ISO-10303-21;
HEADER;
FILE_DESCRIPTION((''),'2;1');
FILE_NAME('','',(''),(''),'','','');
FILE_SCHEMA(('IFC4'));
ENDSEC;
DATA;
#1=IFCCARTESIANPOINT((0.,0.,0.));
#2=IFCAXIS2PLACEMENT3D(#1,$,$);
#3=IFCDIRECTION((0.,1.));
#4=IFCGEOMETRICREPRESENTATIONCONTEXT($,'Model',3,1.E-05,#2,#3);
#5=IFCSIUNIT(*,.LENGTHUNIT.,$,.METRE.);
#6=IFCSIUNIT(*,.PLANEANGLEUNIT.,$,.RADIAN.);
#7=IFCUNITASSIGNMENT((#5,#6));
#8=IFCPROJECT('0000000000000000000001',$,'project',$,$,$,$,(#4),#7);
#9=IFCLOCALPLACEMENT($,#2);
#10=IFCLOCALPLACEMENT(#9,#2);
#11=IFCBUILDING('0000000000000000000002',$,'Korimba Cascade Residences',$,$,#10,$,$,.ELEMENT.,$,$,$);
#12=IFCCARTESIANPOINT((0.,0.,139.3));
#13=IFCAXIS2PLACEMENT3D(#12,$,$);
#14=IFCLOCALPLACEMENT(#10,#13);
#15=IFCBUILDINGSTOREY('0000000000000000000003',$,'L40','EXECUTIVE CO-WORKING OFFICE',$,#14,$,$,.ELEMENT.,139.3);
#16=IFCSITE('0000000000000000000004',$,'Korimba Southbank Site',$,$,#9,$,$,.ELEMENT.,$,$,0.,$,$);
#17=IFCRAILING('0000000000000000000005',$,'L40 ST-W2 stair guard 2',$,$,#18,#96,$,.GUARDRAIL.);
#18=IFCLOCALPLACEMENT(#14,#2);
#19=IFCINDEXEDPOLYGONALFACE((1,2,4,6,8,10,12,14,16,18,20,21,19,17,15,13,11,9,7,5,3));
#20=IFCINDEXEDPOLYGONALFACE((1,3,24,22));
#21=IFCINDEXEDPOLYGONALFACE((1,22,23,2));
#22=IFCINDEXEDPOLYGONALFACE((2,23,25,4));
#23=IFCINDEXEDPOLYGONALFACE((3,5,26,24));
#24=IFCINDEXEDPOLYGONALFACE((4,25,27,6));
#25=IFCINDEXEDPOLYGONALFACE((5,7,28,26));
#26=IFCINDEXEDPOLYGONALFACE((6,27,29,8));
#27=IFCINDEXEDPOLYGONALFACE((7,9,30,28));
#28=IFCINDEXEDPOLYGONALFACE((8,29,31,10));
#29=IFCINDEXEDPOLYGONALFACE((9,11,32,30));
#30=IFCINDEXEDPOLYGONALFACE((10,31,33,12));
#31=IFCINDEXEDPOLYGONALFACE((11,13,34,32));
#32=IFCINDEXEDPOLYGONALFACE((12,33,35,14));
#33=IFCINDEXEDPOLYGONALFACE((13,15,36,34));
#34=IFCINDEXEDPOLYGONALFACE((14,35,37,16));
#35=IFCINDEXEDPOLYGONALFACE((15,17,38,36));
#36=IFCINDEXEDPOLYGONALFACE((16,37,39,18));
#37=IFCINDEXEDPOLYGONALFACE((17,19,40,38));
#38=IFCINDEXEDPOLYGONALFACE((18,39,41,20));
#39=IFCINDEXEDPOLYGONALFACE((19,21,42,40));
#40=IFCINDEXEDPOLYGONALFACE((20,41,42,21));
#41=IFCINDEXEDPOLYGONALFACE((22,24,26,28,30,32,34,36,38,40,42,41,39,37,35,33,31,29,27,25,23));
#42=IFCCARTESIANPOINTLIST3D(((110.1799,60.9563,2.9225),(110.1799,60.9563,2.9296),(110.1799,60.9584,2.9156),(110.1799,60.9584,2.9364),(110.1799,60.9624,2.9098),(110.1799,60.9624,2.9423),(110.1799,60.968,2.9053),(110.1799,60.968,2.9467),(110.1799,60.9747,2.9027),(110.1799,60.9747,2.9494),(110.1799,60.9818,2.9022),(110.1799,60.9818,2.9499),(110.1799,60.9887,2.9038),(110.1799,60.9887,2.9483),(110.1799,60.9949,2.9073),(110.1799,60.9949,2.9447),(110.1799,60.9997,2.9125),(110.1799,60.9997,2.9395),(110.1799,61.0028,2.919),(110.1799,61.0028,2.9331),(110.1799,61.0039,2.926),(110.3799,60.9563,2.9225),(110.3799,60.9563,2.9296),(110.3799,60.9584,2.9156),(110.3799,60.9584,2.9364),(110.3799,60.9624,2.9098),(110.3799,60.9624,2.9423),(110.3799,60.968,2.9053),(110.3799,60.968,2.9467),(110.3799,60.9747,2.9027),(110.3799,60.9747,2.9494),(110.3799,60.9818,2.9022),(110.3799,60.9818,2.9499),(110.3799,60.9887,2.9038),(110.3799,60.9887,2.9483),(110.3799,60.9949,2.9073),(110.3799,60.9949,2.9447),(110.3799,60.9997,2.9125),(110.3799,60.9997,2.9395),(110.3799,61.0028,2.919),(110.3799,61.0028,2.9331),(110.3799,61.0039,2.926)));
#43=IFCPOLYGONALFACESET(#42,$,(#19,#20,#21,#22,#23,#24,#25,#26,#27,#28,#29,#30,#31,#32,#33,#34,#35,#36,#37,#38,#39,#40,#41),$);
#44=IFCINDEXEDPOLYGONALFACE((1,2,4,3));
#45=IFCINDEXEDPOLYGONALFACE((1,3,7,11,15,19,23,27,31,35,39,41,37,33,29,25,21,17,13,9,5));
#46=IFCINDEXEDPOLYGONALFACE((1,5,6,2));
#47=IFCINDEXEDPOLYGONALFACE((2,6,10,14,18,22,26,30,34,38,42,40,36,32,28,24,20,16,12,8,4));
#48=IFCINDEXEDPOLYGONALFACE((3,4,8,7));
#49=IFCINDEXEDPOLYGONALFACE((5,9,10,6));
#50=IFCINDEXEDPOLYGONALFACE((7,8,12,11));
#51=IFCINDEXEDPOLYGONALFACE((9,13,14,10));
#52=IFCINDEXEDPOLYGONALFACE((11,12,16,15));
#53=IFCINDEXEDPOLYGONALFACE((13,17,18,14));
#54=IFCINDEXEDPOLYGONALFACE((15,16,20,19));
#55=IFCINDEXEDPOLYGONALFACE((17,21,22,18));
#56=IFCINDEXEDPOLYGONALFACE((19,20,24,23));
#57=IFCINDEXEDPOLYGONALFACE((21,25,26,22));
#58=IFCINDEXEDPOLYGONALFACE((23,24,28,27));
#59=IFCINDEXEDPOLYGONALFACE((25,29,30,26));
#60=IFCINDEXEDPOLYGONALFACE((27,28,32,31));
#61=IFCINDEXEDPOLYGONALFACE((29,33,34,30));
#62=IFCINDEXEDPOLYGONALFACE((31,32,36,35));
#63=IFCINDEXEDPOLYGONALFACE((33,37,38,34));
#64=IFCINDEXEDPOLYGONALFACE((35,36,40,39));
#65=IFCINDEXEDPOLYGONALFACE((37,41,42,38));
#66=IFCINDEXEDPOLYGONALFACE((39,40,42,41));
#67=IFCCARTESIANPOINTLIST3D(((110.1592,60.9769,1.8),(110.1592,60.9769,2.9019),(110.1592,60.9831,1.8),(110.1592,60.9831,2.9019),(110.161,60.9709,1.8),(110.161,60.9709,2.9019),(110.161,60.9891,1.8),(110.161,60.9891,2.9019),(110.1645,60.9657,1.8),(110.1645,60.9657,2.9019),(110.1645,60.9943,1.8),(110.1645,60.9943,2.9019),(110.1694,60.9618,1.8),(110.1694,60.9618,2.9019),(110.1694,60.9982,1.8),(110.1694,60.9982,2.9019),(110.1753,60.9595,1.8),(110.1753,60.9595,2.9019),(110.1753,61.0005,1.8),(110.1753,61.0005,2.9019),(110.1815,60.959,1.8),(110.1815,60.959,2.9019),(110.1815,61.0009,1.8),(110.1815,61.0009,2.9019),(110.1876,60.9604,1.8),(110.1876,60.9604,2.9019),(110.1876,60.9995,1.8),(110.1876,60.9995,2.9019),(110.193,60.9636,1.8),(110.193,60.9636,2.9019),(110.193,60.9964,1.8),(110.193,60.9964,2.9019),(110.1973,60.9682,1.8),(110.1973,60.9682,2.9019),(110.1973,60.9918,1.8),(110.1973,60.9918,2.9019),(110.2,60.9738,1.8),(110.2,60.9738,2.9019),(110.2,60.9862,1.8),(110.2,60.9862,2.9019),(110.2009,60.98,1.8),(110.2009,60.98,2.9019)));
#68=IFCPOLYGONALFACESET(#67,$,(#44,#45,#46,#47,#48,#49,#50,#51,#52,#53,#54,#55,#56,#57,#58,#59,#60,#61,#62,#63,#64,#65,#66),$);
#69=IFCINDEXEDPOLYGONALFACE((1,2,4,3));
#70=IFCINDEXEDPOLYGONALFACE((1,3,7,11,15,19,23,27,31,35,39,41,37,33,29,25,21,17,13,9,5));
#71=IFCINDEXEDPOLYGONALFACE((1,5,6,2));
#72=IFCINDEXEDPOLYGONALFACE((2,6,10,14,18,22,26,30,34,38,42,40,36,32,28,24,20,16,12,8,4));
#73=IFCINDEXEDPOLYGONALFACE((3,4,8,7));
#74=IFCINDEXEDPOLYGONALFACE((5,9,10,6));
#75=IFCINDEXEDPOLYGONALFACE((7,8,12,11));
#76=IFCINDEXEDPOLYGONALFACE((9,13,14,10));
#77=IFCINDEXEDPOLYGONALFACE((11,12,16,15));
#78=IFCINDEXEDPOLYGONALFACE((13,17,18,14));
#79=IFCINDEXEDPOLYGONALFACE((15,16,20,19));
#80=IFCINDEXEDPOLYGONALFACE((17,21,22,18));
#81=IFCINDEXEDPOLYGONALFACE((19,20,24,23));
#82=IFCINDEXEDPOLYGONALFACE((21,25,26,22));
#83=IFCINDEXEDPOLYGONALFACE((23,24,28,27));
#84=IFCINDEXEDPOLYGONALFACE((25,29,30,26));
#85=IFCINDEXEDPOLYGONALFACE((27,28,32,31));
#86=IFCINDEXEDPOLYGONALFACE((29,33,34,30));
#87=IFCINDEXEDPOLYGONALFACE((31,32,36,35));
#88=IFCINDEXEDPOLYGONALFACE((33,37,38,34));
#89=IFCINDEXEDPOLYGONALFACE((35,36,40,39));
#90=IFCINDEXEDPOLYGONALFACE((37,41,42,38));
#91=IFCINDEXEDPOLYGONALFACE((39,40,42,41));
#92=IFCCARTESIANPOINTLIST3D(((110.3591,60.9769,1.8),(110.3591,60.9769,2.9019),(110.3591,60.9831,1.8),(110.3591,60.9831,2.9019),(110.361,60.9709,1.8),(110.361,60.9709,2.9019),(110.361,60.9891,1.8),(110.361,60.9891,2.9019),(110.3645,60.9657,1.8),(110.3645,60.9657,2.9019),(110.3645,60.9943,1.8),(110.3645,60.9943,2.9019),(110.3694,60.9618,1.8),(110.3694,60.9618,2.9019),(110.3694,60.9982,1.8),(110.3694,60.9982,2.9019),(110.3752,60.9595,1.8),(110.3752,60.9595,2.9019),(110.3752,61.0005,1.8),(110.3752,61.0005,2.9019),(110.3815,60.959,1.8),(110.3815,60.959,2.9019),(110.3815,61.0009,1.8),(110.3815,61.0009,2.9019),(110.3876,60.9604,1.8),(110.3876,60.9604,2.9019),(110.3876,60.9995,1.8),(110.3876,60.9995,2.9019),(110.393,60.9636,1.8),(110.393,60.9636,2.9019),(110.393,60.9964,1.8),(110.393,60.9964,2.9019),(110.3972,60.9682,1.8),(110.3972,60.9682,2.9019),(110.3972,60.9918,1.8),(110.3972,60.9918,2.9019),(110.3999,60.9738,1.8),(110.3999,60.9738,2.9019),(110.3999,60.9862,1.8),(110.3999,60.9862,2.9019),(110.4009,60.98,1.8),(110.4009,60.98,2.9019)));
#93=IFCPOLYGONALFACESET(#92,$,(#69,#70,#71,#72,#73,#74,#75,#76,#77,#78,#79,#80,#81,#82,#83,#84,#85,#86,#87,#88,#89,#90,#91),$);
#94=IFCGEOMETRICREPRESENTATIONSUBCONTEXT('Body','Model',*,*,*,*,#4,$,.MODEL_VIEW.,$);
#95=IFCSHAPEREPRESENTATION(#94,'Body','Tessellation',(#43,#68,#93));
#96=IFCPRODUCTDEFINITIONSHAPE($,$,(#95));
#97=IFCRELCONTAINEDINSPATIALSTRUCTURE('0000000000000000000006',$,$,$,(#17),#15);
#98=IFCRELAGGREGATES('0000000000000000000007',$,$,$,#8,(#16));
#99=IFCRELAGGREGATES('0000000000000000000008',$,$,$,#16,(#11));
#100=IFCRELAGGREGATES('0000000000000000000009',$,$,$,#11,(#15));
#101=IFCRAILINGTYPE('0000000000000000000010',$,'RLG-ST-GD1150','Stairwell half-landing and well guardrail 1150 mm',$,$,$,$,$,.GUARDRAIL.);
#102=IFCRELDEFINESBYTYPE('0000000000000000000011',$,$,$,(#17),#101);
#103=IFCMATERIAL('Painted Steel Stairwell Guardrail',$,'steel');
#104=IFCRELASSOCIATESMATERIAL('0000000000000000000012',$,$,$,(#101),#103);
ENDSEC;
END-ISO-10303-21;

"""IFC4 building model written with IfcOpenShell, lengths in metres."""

from ifc_helpers import new_model, si_unit, direction, frame, origin, origin_2d, place, context, subcontext, project, spatial, circle, extrude, material, type_object, element, save


model = new_model("IFC4")

# Units and contexts
model_context = context("Model", 3, precision=1e-05, world=origin(), true_north=direction((0.0, 1.0)))
body_context = subcontext(model_context, "Body", "Model", "MODEL_VIEW")
ifc_project = project(units=[si_unit("LENGTHUNIT", "METRE"), si_unit("PLANEANGLEUNIT", "RADIAN")], contexts=[model_context])

# Site, building, storey
site_placement = place(None, origin())
site = spatial("IfcSite", under=ifc_project, at=site_placement, Name="Korimba Southbank Site", CompositionType="ELEMENT", RefElevation=0.0)
building_placement = place(site_placement, origin())
building = spatial("IfcBuilding", under=site, at=building_placement, Name="Korimba Cascade Residences", CompositionType="ELEMENT")
storey_placement = place(building_placement, frame((0.0, 0.0, 139.3)))
storey = spatial("IfcBuildingStorey", under=building, at=storey_placement, Name="L40", Description="EXECUTIVE CO-WORKING OFFICE", CompositionType="ELEMENT", Elevation=139.3)

# Railing
ifc_material_1 = material(Name="Painted Steel Stairwell Guardrail", Category="steel")
railing_type_1 = type_object("IfcRailingType", Name="RLG-ST-GD1150", Description="Stairwell half-landing and well guardrail 1150 mm", PredefinedType="GUARDRAIL", material=ifc_material_1)
railing_1_placement = place(storey_placement, frame((110.1799, 60.98, 1.8)))
element("IfcRailing", 1, at=railing_1_placement, inside=storey, type_object=railing_type_1, Name="L40 ST-W2 stair guard 2", PredefinedType="GUARDRAIL", context=body_context, shape_type="SweptSolid", body=[
    extrude(circle(Radius=0.0239, at=origin_2d()), frame((0.0, 0.0, 1.126), z_axis=(1.0, 0.0, 0.0), x_axis=(0.0, 1.0, 0.0)), (0.0, 0.0, 1.0), 0.2),
    extrude(circle(Radius=0.021, at=origin_2d()), origin(), (0.0, 0.0, 1.0), 1.1018),
    extrude(circle(Radius=0.021, at=origin_2d()), frame((0.2, 0.0, 0.0)), (0.0, 0.0, 1.0), 1.1018),
])

save(model, "model.ifc")
